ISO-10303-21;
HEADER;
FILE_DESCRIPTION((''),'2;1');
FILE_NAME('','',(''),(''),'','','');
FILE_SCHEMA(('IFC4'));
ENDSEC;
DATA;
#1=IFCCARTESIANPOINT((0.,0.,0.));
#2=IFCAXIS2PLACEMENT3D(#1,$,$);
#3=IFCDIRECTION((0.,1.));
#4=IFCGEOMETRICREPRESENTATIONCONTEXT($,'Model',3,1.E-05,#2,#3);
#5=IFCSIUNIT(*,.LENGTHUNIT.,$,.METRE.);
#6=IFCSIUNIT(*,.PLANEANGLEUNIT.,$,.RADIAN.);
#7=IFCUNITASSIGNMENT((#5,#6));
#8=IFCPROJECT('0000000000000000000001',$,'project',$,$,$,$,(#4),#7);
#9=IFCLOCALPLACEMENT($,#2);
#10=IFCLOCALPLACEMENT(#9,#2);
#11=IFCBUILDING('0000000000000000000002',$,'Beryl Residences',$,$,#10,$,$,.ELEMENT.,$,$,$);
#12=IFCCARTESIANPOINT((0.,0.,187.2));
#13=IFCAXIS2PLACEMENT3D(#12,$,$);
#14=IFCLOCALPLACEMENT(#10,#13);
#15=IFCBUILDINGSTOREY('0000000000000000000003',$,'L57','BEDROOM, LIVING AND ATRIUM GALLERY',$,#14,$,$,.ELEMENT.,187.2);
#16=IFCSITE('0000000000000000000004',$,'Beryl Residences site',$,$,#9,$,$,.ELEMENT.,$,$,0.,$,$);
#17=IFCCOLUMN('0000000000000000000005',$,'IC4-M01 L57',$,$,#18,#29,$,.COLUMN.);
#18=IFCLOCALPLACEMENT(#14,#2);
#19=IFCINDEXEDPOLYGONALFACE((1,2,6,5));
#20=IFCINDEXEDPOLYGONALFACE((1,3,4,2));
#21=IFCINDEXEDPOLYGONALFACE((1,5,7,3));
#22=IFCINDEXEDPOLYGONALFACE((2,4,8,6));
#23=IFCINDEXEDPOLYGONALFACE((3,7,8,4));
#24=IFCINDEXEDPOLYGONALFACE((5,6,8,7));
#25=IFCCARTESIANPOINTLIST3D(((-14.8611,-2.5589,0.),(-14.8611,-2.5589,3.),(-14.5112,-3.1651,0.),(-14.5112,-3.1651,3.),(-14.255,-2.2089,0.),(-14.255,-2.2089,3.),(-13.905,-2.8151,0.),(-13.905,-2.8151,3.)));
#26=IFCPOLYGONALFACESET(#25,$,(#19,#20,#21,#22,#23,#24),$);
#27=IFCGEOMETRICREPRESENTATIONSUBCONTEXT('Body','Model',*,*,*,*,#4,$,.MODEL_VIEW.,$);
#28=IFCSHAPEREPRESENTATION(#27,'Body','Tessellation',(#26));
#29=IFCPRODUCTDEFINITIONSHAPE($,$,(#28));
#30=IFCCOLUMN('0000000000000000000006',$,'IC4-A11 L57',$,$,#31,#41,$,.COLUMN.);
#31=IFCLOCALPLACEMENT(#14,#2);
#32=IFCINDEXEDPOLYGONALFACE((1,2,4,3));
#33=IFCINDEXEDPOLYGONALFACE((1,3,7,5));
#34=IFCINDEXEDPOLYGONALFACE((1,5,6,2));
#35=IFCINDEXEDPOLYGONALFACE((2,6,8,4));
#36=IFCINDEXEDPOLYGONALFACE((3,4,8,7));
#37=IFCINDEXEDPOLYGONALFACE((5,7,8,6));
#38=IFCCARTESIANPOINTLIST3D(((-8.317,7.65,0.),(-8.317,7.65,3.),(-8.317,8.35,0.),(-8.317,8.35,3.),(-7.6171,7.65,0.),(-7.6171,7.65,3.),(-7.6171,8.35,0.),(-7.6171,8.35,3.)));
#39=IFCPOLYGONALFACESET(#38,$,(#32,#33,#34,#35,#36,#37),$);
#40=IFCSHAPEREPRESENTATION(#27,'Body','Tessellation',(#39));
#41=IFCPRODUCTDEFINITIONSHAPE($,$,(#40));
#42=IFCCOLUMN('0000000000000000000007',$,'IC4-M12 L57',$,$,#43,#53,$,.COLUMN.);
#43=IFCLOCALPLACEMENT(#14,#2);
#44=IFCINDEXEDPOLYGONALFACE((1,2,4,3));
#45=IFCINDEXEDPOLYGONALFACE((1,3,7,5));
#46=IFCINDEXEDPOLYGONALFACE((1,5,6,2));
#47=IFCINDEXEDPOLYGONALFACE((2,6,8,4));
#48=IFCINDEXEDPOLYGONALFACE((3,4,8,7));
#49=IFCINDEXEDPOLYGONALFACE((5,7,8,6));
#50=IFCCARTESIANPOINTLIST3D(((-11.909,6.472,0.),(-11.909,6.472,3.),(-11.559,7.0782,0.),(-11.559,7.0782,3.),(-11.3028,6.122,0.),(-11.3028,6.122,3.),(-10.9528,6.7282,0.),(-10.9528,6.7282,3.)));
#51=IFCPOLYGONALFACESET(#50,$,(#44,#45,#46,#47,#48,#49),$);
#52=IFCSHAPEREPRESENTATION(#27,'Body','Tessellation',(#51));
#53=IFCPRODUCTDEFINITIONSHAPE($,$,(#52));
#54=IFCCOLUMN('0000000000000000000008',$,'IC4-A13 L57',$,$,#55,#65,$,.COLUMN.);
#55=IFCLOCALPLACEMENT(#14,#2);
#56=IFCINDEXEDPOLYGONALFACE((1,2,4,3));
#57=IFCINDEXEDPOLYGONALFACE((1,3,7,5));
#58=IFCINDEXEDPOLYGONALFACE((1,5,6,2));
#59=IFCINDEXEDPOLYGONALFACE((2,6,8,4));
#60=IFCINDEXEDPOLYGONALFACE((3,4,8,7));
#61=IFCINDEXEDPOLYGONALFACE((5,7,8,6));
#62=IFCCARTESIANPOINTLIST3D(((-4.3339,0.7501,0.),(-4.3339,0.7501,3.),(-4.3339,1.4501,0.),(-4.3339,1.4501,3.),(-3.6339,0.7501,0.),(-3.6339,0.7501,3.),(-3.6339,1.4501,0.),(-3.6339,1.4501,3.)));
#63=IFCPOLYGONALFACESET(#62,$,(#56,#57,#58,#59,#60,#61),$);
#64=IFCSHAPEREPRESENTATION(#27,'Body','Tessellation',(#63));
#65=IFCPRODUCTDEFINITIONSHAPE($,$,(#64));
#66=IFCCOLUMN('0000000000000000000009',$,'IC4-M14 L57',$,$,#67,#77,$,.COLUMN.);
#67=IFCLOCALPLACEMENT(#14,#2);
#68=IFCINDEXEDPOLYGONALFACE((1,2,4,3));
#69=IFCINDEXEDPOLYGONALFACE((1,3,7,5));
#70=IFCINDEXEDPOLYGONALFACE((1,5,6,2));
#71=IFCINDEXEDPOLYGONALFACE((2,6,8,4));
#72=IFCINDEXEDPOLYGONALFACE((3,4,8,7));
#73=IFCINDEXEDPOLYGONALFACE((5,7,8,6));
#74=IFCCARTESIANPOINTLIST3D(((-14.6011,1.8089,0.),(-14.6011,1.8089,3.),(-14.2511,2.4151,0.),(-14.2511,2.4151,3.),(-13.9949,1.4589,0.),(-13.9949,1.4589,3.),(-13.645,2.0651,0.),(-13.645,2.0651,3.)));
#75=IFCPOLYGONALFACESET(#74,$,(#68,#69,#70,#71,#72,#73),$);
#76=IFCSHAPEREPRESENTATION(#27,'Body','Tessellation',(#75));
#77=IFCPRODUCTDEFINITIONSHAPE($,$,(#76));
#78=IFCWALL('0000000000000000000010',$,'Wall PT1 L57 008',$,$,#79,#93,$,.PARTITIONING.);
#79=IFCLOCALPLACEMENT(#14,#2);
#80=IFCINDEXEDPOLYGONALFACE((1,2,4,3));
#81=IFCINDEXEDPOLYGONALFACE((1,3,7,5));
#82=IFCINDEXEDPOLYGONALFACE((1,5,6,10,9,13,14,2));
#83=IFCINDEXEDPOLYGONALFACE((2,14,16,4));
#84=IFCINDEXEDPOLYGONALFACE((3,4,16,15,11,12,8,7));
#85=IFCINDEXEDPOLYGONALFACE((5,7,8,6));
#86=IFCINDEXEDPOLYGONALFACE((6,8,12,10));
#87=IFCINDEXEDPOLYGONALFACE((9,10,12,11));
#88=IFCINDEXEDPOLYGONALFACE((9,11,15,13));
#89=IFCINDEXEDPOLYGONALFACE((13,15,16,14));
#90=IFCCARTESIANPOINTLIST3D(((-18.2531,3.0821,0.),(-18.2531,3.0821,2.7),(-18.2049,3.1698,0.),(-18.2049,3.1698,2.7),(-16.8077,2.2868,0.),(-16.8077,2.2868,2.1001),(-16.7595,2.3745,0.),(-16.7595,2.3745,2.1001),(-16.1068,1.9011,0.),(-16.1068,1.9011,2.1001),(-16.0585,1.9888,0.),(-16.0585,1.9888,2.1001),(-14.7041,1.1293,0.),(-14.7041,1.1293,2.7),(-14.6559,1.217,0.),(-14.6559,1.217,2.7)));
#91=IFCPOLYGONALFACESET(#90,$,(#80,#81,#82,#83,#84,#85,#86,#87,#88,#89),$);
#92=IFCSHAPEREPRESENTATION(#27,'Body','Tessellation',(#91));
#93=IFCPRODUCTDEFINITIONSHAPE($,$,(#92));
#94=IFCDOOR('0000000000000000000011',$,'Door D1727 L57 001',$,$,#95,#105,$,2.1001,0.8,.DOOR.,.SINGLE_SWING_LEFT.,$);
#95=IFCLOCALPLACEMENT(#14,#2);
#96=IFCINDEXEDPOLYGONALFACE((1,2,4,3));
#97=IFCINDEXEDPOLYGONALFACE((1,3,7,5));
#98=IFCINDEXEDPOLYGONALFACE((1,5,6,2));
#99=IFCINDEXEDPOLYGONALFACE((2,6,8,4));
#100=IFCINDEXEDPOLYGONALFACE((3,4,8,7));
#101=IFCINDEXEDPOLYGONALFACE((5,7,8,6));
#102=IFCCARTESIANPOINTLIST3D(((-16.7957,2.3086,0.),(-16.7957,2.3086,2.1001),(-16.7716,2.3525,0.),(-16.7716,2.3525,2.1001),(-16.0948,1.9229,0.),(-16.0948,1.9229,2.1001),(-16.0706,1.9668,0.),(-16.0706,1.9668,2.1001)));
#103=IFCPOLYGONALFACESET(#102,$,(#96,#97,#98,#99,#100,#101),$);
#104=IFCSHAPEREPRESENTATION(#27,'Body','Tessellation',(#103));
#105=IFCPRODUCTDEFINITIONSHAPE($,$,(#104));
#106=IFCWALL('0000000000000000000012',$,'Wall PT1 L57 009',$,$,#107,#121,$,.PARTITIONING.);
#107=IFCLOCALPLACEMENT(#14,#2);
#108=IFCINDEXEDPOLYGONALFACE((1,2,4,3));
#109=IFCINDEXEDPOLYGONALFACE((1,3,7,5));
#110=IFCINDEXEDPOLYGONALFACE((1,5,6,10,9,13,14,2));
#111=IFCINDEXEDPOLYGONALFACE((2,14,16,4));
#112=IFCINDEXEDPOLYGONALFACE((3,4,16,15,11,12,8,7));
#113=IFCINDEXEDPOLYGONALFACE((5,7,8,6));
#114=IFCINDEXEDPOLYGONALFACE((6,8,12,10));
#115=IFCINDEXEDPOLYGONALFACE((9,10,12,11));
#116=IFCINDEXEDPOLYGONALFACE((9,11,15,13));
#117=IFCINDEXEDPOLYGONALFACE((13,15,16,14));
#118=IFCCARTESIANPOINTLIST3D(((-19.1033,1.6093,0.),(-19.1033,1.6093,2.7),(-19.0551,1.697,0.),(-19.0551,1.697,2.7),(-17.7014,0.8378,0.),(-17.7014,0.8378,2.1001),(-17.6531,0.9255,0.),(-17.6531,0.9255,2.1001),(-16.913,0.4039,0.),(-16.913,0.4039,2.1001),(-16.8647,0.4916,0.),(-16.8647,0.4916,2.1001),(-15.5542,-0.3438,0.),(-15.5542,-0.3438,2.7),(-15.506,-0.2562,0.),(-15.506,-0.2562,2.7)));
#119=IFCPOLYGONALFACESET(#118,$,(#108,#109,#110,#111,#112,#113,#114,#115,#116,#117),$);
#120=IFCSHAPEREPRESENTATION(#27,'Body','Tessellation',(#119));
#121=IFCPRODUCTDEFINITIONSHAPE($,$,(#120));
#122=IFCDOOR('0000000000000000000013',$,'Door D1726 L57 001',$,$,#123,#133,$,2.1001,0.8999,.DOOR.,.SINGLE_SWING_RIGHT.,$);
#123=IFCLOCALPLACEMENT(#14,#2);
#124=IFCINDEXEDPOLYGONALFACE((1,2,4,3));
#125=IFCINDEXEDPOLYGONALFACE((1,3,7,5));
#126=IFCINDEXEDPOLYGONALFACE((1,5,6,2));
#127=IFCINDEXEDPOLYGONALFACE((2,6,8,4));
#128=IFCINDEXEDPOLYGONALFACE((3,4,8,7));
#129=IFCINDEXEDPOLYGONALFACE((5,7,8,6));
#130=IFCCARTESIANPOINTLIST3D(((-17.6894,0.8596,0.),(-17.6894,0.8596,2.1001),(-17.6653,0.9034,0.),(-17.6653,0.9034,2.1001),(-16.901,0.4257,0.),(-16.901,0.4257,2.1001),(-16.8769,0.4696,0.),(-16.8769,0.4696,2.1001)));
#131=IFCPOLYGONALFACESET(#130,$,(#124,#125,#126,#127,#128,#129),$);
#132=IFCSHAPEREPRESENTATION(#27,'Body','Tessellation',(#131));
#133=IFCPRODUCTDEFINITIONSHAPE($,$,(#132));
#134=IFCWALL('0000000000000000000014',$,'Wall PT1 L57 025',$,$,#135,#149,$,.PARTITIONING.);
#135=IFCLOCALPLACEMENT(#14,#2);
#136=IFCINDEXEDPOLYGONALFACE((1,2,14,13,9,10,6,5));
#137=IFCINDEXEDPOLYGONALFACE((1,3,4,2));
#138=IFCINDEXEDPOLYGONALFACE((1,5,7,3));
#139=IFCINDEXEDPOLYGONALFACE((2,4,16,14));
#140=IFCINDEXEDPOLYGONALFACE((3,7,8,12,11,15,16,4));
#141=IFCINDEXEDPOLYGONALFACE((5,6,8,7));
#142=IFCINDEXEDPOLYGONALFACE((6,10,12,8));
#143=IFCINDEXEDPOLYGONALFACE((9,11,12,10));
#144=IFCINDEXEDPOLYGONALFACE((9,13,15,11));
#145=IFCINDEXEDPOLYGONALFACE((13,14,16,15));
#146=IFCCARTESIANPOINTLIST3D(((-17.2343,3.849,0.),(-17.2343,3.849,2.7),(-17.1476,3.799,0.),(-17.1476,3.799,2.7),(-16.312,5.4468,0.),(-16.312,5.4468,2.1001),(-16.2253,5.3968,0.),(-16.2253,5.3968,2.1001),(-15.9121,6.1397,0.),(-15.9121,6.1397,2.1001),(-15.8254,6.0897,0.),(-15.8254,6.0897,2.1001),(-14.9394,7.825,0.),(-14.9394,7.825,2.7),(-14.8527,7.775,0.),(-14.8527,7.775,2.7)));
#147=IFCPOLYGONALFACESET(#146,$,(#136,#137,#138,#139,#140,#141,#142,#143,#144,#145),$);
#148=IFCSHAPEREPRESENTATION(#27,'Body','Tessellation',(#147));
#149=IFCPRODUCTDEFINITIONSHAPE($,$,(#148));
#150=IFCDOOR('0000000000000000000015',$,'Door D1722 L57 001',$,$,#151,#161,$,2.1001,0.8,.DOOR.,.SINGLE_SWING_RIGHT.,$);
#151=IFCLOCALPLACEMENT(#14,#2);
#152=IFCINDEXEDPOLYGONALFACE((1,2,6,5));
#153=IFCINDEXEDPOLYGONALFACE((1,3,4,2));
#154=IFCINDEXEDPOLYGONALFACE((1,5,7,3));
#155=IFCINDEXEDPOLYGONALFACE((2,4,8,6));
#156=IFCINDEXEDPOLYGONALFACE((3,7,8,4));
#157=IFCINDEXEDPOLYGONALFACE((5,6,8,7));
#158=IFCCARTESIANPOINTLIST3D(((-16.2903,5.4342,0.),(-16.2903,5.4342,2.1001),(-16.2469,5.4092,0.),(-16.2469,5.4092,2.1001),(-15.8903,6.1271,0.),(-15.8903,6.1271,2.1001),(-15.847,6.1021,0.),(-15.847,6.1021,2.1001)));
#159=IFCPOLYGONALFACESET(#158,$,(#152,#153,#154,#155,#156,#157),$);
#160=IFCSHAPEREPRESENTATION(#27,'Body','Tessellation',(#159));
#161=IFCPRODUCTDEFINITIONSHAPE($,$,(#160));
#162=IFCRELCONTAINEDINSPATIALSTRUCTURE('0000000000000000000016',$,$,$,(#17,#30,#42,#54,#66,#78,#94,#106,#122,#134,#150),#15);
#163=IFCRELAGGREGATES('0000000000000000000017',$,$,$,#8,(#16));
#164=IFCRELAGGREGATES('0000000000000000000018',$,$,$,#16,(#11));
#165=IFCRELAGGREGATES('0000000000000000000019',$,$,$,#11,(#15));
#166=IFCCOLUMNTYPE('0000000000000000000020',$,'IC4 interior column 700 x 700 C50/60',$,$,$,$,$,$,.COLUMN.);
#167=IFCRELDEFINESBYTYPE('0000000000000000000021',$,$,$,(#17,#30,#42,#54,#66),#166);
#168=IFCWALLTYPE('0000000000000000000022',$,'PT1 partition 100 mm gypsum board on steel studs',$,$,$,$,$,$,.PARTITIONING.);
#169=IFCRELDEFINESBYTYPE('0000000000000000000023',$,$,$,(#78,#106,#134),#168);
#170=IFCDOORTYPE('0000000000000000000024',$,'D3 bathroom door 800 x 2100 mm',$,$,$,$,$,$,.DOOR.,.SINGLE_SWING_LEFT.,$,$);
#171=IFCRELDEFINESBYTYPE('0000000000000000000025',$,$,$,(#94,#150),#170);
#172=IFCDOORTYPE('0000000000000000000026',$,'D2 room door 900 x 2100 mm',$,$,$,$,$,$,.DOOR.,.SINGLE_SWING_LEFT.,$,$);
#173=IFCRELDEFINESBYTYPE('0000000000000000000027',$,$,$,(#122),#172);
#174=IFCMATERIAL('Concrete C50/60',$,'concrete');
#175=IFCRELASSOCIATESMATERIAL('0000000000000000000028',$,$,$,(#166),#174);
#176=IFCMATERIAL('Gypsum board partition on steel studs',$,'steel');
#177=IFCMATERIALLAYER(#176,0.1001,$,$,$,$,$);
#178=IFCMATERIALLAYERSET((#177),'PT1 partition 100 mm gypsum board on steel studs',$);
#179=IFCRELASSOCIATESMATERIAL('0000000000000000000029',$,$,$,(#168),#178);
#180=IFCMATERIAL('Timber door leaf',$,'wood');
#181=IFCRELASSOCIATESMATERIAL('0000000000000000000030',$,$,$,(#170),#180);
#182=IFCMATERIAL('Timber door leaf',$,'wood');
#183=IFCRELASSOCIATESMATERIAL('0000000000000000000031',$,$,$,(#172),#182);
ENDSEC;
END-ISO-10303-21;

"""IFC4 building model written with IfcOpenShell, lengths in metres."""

from ifc_helpers import new_model, si_unit, direction, frame, frame_2d, origin, origin_2d, place, context, subcontext, project, spatial, rectangle, extrude, material, layer, layer_set, material_profile, profile_set, type_object, element, fill, save


model = new_model("IFC4")

# Units and contexts
model_context = context("Model", 3, precision=1e-05, world=origin(), true_north=direction((0.0, 1.0)))
body_context = subcontext(model_context, "Body", "Model", "MODEL_VIEW")
ifc_project = project(units=[si_unit("LENGTHUNIT", "METRE"), si_unit("PLANEANGLEUNIT", "RADIAN")], contexts=[model_context])

# Site, building, storey
site_placement = place(None, origin())
site = spatial("IfcSite", under=ifc_project, at=site_placement, Name="Beryl Residences site", CompositionType="ELEMENT", RefElevation=0.0)
building_placement = place(site_placement, origin())
building = spatial("IfcBuilding", under=site, at=building_placement, Name="Beryl Residences", CompositionType="ELEMENT")
storey_placement = place(building_placement, frame((0.0, 0.0, 187.2)))
storey = spatial("IfcBuildingStorey", under=building, at=storey_placement, Name="L57", Description="BEDROOM, LIVING AND ATRIUM GALLERY", CompositionType="ELEMENT", Elevation=187.2)

# Columns
ifc_material_1 = material(Name="Concrete C50/60", Category="concrete")
ifc_material_profile = material_profile(ifc_material_1, rectangle(XDim=0.7, YDim=0.7, at=origin_2d()))
ifc_profile_set = profile_set([ifc_material_profile], Name="Concrete C50/60")
column_type = type_object("IfcColumnType", Name="IC4 interior column 700 x 700 C50/60", PredefinedType="COLUMN", material=ifc_profile_set)
for number, where, z_axis, x_axis, name in (
    (1, (-14.3831, -2.687, 0.0), (0.0, 0.0, 1.0), (0.5, -0.866025, 0.0), "IC4-M01 L57"),
    (2, (-7.967, 8.0, 0.0), (0.0, 0.0, 1.0), (1.0, 0.0, 0.0), "IC4-A11 L57"),
    (3, (-11.4309, 6.6001, 0.0), (0.0, 0.0, 1.0), (-0.5, -0.866025, 0.0), "IC4-M12 L57"),
    (4, (-3.9839, 1.1001, 0.0), (0.0, 0.0, 1.0), (1.0, 0.0, 0.0), "IC4-A13 L57"),
    (5, (-14.123, 1.937, 0.0), (0.0, 0.0, 1.0), (-0.5, -0.866025, 0.0), "IC4-M14 L57"),
):
    element("IfcColumn", number, at=place(storey_placement, frame(where, z_axis=z_axis, x_axis=x_axis)), inside=storey, type_object=column_type, Name=name, PredefinedType="COLUMN", context=body_context, shape_type="SweptSolid", body=[
        extrude(rectangle(XDim=0.7, YDim=0.7, at=origin_2d()), origin(), (0.0, 0.0, 1.0), 3.0),
    ])

# Walls, openings, doors
ifc_material_2 = material(Name="Gypsum board partition on steel studs", Category="steel")
ifc_layer_1 = layer(ifc_material_2, 0.1001)
ifc_layer_set_1 = layer_set([ifc_layer_1], Name="PT1 partition 100 mm gypsum board on steel studs")
wall_type_1 = type_object("IfcWallType", Name="PT1 partition 100 mm gypsum board on steel studs", PredefinedType="PARTITIONING", material=ifc_layer_set_1)
wall_1_placement = place(storey_placement, frame((-18.229, 3.126, 0.0), z_axis=(0.0, 0.0, 1.0), x_axis=(0.876123, -0.482088, 0.0)))
wall_1 = element("IfcWall", 6, at=wall_1_placement, inside=storey, type_object=wall_type_1, Name="Wall PT1 L57 008", PredefinedType="PARTITIONING", context=body_context, shape_type="SweptSolid", body=[
    extrude(rectangle(XDim=4.0508, YDim=0.1001, at=frame_2d((2.0254, 0.0))), origin(), (0.0, 0.0, 1.0), 2.7),
])
opening_1_placement = place(wall_1_placement, frame((1.6499, 0.0, 0.0)))
opening_1 = element("IfcOpeningElement", 7, at=opening_1_placement, cuts=wall_1, PredefinedType="OPENING", context=body_context, shape_type="SweptSolid", body=[
    extrude(rectangle(XDim=0.8, YDim=2.1001, at=frame_2d((0.3999, 1.05))), frame((0.0, 0.0601, 0.0), z_axis=(0.0, -1.0, 0.0), x_axis=(1.0, 0.0, 0.0)), (0.0, 0.0, 1.0), 0.1201),
])
ifc_material_3 = material(Name="Timber door leaf", Category="wood")
door_type_1 = type_object("IfcDoorType", Name="D3 bathroom door 800 x 2100 mm", OperationType="SINGLE_SWING_LEFT", PredefinedType="DOOR", material=ifc_material_3)
door_1_placement = place(opening_1_placement, origin())
door_1 = element("IfcDoor", 8, at=door_1_placement, inside=storey, type_object=door_type_1, Name="Door D1727 L57 001", OperationType="SINGLE_SWING_LEFT", OverallHeight=2.1001, OverallWidth=0.8, PredefinedType="DOOR", context=body_context, shape_type="SweptSolid", body=[
    extrude(rectangle(XDim=0.8, YDim=2.1001, at=frame_2d((0.3999, 1.05))), frame((0.0, 0.0249, 0.0), z_axis=(0.0, -1.0, 0.0), x_axis=(1.0, 0.0, 0.0)), (0.0, 0.0, 1.0), 0.05),
])
fill(opening_1, door_1)
wall_2_placement = place(storey_placement, frame((-19.0791, 1.6531, 0.0), z_axis=(0.0, 0.0, 1.0), x_axis=(0.876098, -0.482134, 0.0)))
wall_2 = element("IfcWall", 9, at=wall_2_placement, inside=storey, type_object=wall_type_1, Name="Wall PT1 L57 009", PredefinedType="PARTITIONING", context=body_context, shape_type="SweptSolid", body=[
    extrude(rectangle(XDim=4.051, YDim=0.1001, at=frame_2d((2.0254, 0.0))), origin(), (0.0, 0.0, 1.0), 2.7),
])
opening_2_placement = place(wall_2_placement, frame((1.6001, 0.0, 0.0)))
opening_2 = element("IfcOpeningElement", 10, at=opening_2_placement, cuts=wall_2, PredefinedType="OPENING", context=body_context, shape_type="SweptSolid", body=[
    extrude(rectangle(XDim=0.8999, YDim=2.1001, at=frame_2d((0.45, 1.05))), frame((0.0, 0.0601, 0.0), z_axis=(0.0, -1.0, 0.0), x_axis=(1.0, 0.0, 0.0)), (0.0, 0.0, 1.0), 0.1201),
])
ifc_material_4 = material(Name="Timber door leaf", Category="wood")
door_type_2 = type_object("IfcDoorType", Name="D2 room door 900 x 2100 mm", OperationType="SINGLE_SWING_LEFT", PredefinedType="DOOR", material=ifc_material_4)
door_2_placement = place(opening_2_placement, origin())
door_2 = element("IfcDoor", 11, at=door_2_placement, inside=storey, type_object=door_type_2, Name="Door D1726 L57 001", OperationType="SINGLE_SWING_RIGHT", OverallHeight=2.1001, OverallWidth=0.8999, PredefinedType="DOOR", context=body_context, shape_type="SweptSolid", body=[
    extrude(rectangle(XDim=0.8999, YDim=2.1001, at=frame_2d((0.45, 1.05))), frame((0.0, 0.0249, 0.0), z_axis=(0.0, -1.0, 0.0), x_axis=(1.0, 0.0, 0.0)), (0.0, 0.0, 1.0), 0.05),
])
fill(opening_2, door_2)
wall_3_placement = place(storey_placement, frame((-17.1909, 3.824, 0.0), z_axis=(0.0, 0.0, 1.0), x_axis=(0.499891, 0.866088, 0.0)))
wall_3 = element("IfcWall", 12, at=wall_3_placement, inside=storey, type_object=wall_type_1, Name="Wall PT1 L57 025", PredefinedType="PARTITIONING", context=body_context, shape_type="SweptSolid", body=[
    extrude(rectangle(XDim=4.5908, YDim=0.1001, at=frame_2d((2.2954, 0.0))), origin(), (0.0, 0.0, 1.0), 2.7),
])
opening_3_placement = place(wall_3_placement, frame((1.845, 0.0, 0.0)))
opening_3 = element("IfcOpeningElement", 13, at=opening_3_placement, cuts=wall_3, PredefinedType="OPENING", context=body_context, shape_type="SweptSolid", body=[
    extrude(rectangle(XDim=0.8, YDim=2.1001, at=frame_2d((0.3999, 1.05))), frame((0.0, 0.0601, 0.0), z_axis=(0.0, -1.0, 0.0), x_axis=(1.0, 0.0, 0.0)), (0.0, 0.0, 1.0), 0.1201),
])
door_3_placement = place(opening_3_placement, origin())
door_3 = element("IfcDoor", 14, at=door_3_placement, inside=storey, type_object=door_type_1, Name="Door D1722 L57 001", OperationType="SINGLE_SWING_RIGHT", OverallHeight=2.1001, OverallWidth=0.8, PredefinedType="DOOR", context=body_context, shape_type="SweptSolid", body=[
    extrude(rectangle(XDim=0.8, YDim=2.1001, at=frame_2d((0.3999, 1.05))), frame((0.0, 0.0249, 0.0), z_axis=(0.0, -1.0, 0.0), x_axis=(1.0, 0.0, 0.0)), (0.0, 0.0, 1.0), 0.05),
])
fill(opening_3, door_3)

save(model, "model.ifc")
